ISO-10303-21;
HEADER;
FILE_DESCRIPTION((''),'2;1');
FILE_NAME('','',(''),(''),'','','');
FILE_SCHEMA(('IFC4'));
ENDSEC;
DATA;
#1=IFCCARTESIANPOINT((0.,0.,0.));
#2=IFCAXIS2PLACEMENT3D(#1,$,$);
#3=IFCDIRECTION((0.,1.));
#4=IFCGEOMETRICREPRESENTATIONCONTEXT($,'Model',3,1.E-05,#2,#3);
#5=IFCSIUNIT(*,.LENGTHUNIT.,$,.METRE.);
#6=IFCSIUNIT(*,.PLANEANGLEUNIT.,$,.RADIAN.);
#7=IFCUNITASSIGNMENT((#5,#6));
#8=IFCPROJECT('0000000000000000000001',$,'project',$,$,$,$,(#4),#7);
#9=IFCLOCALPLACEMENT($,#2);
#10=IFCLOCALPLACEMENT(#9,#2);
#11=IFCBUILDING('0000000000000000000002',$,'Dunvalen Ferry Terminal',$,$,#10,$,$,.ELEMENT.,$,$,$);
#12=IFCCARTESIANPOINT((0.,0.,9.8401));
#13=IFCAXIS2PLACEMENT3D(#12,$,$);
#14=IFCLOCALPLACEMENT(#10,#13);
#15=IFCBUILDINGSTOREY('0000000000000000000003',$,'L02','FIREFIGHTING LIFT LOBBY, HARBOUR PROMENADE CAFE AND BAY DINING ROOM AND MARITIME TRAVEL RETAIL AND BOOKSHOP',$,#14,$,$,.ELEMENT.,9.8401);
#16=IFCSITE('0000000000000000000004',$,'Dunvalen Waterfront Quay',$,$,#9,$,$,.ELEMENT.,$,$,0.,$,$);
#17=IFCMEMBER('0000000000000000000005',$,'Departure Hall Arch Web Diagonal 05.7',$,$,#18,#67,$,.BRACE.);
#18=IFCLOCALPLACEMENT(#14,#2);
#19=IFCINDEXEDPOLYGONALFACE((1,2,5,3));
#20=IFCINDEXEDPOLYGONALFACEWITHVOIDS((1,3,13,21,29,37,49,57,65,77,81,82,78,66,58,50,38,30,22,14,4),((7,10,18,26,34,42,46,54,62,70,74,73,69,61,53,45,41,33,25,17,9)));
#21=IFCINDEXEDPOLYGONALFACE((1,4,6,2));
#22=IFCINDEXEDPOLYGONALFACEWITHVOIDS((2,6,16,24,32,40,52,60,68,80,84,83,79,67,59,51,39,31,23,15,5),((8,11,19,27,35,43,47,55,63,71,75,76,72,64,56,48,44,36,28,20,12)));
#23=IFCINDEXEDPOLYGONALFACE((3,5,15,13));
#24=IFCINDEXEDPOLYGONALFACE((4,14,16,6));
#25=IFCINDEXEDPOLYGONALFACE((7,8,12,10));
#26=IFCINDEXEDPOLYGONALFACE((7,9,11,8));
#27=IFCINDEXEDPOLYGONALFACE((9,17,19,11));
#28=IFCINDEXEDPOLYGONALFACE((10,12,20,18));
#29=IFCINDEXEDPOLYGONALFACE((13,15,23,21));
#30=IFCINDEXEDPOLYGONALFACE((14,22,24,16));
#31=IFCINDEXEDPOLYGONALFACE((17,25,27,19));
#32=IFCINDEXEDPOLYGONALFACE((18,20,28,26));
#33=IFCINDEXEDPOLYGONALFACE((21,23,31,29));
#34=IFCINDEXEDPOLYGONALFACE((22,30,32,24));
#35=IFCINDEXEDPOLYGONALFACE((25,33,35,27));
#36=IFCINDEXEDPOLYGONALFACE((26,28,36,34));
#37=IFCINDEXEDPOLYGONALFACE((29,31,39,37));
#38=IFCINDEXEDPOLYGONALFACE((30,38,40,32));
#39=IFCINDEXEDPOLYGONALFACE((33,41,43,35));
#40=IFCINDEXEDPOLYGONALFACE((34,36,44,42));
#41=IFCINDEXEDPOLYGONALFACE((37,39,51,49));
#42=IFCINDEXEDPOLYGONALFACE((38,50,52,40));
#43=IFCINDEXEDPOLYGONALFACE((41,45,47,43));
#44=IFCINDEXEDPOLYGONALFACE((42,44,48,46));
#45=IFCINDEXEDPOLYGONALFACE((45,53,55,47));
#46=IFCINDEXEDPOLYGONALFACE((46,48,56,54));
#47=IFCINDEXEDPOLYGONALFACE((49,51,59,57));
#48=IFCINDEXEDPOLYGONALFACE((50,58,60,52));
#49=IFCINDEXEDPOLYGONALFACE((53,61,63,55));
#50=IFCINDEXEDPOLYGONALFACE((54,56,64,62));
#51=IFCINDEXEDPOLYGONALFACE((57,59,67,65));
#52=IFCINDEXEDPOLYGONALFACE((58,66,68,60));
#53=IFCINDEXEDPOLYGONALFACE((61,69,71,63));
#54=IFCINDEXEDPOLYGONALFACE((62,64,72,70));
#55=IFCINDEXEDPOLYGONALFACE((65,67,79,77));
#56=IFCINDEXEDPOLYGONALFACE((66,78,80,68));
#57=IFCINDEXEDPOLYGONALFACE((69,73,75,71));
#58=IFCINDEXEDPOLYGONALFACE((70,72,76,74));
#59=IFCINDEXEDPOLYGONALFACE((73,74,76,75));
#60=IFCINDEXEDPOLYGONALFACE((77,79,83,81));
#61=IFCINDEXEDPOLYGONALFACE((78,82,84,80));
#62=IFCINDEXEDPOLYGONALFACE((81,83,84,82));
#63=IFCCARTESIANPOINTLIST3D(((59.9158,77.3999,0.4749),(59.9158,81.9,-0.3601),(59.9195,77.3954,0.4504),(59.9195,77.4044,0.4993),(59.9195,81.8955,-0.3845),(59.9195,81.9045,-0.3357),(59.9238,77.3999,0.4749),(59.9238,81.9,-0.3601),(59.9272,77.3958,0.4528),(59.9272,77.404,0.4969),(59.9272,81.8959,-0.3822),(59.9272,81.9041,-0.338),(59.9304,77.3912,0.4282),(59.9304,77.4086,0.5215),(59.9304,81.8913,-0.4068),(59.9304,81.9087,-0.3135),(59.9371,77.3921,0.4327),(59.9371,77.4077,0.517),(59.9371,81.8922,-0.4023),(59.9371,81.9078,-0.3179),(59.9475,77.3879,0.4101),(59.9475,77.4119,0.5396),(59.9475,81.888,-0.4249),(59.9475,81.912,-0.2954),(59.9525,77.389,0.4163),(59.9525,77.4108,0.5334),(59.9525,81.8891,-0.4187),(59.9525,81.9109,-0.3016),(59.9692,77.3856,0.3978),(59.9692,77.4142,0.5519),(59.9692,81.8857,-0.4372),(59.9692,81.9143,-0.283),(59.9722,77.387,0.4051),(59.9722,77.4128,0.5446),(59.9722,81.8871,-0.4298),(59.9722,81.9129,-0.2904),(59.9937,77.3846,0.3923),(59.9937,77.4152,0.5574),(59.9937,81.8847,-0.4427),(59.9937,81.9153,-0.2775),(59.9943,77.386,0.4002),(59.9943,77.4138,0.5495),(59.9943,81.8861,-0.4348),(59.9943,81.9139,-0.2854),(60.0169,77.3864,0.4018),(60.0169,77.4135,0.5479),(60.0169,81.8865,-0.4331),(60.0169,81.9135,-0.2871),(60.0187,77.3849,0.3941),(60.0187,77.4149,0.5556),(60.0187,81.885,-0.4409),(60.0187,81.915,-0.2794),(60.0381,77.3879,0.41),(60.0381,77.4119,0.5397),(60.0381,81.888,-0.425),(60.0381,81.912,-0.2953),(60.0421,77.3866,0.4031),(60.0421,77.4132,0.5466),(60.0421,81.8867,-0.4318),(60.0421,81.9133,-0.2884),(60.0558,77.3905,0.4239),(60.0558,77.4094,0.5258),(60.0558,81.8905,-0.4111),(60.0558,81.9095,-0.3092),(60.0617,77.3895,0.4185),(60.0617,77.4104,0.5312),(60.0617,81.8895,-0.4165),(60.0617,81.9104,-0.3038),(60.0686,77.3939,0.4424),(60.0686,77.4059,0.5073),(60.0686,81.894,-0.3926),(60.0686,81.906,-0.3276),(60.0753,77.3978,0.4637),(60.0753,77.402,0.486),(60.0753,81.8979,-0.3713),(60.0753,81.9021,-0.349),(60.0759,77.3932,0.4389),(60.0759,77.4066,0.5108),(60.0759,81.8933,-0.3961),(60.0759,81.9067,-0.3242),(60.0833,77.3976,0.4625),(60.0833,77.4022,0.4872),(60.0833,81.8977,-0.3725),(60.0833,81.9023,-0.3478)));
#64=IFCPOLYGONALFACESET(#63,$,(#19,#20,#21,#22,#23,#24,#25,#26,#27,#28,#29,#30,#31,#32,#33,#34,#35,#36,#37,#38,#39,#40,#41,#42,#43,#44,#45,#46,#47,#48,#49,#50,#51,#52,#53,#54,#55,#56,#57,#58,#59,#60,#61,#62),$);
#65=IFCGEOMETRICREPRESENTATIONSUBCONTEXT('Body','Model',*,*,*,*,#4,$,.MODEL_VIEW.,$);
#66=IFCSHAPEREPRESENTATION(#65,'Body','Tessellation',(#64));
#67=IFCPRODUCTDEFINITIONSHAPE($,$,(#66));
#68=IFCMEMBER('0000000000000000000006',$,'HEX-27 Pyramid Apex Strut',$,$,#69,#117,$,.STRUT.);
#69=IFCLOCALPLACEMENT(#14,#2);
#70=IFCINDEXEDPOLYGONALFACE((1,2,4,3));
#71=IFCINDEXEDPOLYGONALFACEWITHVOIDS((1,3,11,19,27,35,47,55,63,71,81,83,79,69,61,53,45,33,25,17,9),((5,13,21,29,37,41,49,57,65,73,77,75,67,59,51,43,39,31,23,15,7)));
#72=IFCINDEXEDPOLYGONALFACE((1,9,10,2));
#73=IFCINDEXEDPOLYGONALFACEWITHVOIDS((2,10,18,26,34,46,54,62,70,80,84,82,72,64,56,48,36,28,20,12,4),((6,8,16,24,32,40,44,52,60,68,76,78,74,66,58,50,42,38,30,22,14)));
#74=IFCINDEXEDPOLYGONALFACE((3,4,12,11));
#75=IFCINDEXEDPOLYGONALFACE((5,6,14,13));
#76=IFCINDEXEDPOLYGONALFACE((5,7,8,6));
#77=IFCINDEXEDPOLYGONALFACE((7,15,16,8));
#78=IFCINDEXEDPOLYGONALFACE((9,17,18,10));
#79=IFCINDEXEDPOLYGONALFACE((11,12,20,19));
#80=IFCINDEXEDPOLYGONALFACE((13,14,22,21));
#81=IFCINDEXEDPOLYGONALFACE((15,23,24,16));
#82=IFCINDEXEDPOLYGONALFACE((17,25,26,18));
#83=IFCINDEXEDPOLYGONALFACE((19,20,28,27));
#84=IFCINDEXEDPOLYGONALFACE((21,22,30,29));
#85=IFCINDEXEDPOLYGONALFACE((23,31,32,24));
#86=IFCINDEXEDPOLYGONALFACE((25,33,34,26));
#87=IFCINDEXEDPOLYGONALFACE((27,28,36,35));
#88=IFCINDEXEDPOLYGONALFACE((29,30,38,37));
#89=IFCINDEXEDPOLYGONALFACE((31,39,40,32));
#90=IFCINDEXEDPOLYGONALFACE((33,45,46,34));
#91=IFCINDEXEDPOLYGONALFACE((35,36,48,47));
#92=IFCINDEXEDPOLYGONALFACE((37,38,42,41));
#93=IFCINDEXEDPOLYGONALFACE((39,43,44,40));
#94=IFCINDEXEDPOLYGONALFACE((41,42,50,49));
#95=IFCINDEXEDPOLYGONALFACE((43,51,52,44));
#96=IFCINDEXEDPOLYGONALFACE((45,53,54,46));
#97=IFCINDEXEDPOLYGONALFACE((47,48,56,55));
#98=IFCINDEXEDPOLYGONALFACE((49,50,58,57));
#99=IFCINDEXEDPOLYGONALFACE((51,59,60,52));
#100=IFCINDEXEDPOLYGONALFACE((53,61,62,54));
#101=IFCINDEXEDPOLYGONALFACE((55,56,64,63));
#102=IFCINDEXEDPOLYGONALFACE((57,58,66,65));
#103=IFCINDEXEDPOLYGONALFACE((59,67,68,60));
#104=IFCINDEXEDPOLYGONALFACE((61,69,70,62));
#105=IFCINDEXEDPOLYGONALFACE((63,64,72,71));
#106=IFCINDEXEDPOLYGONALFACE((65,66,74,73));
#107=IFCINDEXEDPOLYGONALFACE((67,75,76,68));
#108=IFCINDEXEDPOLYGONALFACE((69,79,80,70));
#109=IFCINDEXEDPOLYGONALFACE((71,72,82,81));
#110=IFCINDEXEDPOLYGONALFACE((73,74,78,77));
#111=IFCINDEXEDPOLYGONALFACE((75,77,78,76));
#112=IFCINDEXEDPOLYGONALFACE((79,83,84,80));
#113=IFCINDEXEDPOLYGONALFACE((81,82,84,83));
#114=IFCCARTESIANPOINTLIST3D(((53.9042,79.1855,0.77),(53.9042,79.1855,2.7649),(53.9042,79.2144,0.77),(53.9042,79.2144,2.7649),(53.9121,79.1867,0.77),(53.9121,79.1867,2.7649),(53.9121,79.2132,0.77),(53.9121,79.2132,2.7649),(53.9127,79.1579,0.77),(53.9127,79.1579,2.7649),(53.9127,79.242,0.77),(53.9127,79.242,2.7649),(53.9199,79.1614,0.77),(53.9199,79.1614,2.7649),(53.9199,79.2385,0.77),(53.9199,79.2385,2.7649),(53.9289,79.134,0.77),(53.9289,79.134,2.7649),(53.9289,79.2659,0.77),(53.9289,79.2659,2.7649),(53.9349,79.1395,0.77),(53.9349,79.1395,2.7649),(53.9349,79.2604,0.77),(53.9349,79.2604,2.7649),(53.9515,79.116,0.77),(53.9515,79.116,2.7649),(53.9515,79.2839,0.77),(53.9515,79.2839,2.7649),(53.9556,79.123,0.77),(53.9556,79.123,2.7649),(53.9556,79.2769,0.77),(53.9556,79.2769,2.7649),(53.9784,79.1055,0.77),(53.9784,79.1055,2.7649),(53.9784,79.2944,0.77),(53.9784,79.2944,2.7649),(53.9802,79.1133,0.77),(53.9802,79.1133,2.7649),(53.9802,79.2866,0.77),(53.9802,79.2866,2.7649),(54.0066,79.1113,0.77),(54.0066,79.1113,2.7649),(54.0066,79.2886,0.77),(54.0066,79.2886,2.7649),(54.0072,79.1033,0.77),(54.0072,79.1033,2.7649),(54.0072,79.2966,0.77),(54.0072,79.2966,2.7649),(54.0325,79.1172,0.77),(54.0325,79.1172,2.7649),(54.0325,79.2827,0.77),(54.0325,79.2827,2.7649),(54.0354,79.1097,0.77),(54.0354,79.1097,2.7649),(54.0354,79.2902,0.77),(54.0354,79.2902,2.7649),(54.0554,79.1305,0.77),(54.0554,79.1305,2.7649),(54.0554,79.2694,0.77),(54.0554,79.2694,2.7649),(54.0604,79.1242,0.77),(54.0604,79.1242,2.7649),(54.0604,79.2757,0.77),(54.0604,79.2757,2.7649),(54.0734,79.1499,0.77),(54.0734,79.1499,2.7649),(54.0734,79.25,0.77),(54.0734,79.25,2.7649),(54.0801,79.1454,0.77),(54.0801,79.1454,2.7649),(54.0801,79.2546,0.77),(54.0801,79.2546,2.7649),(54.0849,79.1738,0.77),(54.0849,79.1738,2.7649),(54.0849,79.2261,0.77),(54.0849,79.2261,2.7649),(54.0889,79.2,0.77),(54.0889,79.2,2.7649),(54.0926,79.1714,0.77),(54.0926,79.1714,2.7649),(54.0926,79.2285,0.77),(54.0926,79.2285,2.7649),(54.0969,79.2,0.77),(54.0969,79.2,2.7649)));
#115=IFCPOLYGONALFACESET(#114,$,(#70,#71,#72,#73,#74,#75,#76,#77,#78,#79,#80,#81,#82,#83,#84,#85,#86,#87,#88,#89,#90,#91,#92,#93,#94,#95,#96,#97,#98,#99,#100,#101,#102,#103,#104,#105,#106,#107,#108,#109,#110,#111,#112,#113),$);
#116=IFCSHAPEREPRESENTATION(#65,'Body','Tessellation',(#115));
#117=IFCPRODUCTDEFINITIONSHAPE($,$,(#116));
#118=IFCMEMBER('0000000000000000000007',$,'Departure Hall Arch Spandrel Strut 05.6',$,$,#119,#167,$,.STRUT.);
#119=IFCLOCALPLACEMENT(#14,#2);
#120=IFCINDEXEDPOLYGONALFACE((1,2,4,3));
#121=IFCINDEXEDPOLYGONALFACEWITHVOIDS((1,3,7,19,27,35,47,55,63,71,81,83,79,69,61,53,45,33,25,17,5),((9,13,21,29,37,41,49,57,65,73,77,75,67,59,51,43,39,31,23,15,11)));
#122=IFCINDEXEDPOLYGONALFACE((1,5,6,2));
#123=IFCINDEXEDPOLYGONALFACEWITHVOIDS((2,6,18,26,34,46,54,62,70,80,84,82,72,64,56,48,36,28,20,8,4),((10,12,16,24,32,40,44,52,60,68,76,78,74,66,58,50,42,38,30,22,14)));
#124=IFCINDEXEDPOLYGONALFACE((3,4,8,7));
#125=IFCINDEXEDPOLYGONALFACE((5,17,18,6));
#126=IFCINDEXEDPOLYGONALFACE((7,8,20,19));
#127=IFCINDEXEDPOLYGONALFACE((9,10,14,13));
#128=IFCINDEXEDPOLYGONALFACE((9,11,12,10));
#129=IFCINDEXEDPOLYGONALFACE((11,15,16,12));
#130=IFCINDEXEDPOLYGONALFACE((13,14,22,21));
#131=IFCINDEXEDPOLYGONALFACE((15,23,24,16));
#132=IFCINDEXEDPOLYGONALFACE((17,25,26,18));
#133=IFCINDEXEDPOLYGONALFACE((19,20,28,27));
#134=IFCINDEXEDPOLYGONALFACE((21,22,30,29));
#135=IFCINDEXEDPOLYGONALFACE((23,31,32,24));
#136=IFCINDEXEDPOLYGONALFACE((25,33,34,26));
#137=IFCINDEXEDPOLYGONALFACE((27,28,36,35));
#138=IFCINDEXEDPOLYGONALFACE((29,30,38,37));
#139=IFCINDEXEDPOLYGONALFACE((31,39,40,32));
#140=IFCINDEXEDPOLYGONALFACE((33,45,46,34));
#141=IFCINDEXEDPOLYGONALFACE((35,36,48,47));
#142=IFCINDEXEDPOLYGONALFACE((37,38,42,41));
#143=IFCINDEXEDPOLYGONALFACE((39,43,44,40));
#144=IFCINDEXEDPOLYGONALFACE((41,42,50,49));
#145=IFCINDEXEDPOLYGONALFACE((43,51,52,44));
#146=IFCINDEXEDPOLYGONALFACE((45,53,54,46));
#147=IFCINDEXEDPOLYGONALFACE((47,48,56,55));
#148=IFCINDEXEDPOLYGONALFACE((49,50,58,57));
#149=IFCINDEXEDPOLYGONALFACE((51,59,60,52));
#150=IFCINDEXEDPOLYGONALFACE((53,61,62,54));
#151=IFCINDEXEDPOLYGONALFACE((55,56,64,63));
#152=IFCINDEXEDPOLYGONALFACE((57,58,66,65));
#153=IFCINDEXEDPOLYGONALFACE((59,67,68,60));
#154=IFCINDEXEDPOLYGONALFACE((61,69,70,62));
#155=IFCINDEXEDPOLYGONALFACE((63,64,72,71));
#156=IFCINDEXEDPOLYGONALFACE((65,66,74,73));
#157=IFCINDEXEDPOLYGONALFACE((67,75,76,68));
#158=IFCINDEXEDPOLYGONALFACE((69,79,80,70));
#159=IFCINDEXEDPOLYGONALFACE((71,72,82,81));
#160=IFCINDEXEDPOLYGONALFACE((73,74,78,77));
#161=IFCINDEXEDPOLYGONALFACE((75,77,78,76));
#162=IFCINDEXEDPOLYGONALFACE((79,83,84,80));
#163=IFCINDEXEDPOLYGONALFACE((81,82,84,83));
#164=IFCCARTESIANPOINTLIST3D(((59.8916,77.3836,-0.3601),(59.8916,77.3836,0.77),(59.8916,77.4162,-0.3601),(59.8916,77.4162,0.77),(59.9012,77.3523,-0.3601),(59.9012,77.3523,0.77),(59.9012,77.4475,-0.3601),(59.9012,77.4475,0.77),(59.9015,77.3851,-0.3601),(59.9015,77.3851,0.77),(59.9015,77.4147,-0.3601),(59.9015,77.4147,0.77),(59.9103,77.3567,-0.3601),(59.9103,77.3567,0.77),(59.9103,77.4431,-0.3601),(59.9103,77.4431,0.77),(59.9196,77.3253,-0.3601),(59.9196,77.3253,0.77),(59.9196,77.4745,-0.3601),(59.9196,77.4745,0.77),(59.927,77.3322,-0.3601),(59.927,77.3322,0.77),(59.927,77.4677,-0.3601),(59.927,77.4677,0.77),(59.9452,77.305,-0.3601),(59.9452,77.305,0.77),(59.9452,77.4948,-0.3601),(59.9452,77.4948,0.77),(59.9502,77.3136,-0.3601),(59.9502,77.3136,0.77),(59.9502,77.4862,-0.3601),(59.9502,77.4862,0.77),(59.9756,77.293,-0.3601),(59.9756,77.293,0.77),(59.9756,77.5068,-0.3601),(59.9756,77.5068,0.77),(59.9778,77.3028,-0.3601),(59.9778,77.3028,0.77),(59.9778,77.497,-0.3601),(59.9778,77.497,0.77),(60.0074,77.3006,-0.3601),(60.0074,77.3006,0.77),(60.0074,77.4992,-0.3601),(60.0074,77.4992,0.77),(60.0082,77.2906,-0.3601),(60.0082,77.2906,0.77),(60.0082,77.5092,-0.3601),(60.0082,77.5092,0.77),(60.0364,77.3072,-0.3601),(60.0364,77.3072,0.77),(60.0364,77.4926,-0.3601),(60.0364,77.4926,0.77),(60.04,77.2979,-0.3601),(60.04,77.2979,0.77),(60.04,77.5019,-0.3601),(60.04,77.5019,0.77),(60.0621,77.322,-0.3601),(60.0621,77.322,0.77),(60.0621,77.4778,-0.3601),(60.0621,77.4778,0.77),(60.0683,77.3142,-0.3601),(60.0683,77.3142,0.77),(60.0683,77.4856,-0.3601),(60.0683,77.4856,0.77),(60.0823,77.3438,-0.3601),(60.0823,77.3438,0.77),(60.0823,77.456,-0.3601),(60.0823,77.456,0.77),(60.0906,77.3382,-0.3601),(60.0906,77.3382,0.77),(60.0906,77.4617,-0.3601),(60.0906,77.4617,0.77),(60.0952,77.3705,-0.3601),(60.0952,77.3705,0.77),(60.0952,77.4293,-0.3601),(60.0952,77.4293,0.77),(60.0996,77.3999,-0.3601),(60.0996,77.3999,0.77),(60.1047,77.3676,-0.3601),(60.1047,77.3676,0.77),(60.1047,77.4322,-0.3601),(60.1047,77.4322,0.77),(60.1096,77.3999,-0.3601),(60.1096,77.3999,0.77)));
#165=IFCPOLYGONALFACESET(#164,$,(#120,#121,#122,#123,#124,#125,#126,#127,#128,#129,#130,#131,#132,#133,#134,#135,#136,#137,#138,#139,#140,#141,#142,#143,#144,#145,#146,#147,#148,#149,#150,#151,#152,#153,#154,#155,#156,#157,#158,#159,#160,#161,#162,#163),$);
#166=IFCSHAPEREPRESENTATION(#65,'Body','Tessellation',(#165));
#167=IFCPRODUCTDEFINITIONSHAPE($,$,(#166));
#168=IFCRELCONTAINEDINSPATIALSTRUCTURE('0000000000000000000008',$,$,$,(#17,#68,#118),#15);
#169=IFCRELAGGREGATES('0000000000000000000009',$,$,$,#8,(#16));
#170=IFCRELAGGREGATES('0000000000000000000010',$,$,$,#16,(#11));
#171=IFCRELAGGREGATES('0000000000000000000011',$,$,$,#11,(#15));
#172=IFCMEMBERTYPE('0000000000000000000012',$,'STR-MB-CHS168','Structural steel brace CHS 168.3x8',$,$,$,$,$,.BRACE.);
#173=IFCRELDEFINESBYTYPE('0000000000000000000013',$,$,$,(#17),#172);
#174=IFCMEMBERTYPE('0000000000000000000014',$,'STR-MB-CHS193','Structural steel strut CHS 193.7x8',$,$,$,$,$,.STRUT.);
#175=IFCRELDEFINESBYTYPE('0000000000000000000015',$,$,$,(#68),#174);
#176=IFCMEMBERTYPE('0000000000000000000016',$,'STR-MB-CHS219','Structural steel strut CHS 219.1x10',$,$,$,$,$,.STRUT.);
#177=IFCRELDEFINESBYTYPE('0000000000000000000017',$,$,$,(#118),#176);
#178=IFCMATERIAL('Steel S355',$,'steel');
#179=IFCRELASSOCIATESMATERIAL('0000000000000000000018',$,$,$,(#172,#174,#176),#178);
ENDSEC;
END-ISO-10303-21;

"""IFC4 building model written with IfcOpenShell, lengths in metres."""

from ifc_helpers import new_model, si_unit, direction, frame, origin, origin_2d, place, context, subcontext, project, spatial, hollow_circle, extrude, material, material_profile, profile_set, type_object, element, save


model = new_model("IFC4")

# Units and contexts
model_context = context("Model", 3, precision=1e-05, world=origin(), true_north=direction((0.0, 1.0)))
body_context = subcontext(model_context, "Body", "Model", "MODEL_VIEW")
ifc_project = project(units=[si_unit("LENGTHUNIT", "METRE"), si_unit("PLANEANGLEUNIT", "RADIAN")], contexts=[model_context])

# Site, building, storey
site_placement = place(None, origin())
site = spatial("IfcSite", under=ifc_project, at=site_placement, Name="Dunvalen Waterfront Quay", CompositionType="ELEMENT", RefElevation=0.0)
building_placement = place(site_placement, origin())
building = spatial("IfcBuilding", under=site, at=building_placement, Name="Dunvalen Ferry Terminal", CompositionType="ELEMENT")
storey_placement = place(building_placement, frame((0.0, 0.0, 9.8401)))
storey = spatial("IfcBuildingStorey", under=building, at=storey_placement, Name="L02", Description="FIREFIGHTING LIFT LOBBY, HARBOUR PROMENADE CAFE AND BAY DINING ROOM AND MARITIME TRAVEL RETAIL AND BOOKSHOP", CompositionType="ELEMENT", Elevation=9.8401)

# Shared definitions
ifc_material_1 = material(Name="Steel S355", Category="steel")

# Members
ifc_material_profile_1 = material_profile(ifc_material_1, hollow_circle(Radius=0.0842, WallThickness=0.0081, at=origin_2d()), Name="Steel S355")
ifc_profile_set_1 = profile_set([ifc_material_profile_1], Name="Steel S355")
member_type_1 = type_object("IfcMemberType", Name="STR-MB-CHS168", Description="Structural steel brace CHS 168.3x8", PredefinedType="BRACE", material=ifc_profile_set_1)
member_1_placement = place(storey_placement, frame((60.0, 77.3999, 0.4749), z_axis=(0.0, 0.983218, -0.182433), x_axis=(-1.0, 0.0, 0.0)))
element("IfcMember", 1, at=member_1_placement, inside=storey, type_object=member_type_1, Name="Departure Hall Arch Web Diagonal 05.7", PredefinedType="BRACE", context=body_context, shape_type="SweptSolid", body=[
    extrude(hollow_circle(Radius=0.0842, WallThickness=0.0081, at=origin_2d()), origin(), (0.0, 0.0, 1.0), 4.5769),
])
ifc_material_profile_2 = material_profile(ifc_material_1, hollow_circle(Radius=0.0969, WallThickness=0.0081, at=origin_2d()), Name="Steel S355")
ifc_profile_set_2 = profile_set([ifc_material_profile_2], Name="Steel S355")
member_type_2 = type_object("IfcMemberType", Name="STR-MB-CHS193", Description="Structural steel strut CHS 193.7x8", PredefinedType="STRUT", material=ifc_profile_set_2)
member_2_placement = place(storey_placement, frame((54.0, 79.2, 0.77), z_axis=(0.0, 0.0, 1.0), x_axis=(1.0, 0.0, 0.0)))
element("IfcMember", 2, at=member_2_placement, inside=storey, type_object=member_type_2, Name="HEX-27 Pyramid Apex Strut", PredefinedType="STRUT", context=body_context, shape_type="SweptSolid", body=[
    extrude(hollow_circle(Radius=0.0969, WallThickness=0.0081, at=origin_2d()), origin(), (0.0, 0.0, 1.0), 1.9949),
])
ifc_material_profile_3 = material_profile(ifc_material_1, hollow_circle(Radius=0.1096, WallThickness=0.01, at=origin_2d()), Name="Steel S355")
ifc_profile_set_3 = profile_set([ifc_material_profile_3], Name="Steel S355")
member_type_3 = type_object("IfcMemberType", Name="STR-MB-CHS219", Description="Structural steel strut CHS 219.1x10", PredefinedType="STRUT", material=ifc_profile_set_3)
member_3_placement = place(storey_placement, frame((60.0, 77.3999, -0.3601), z_axis=(0.0, 0.0, 1.0), x_axis=(1.0, 0.0, 0.0)))
element("IfcMember", 3, at=member_3_placement, inside=storey, type_object=member_type_3, Name="Departure Hall Arch Spandrel Strut 05.6", PredefinedType="STRUT", context=body_context, shape_type="SweptSolid", body=[
    extrude(hollow_circle(Radius=0.1096, WallThickness=0.01, at=origin_2d()), origin(), (0.0, 0.0, 1.0), 1.1301),
])

save(model, "model.ifc")
